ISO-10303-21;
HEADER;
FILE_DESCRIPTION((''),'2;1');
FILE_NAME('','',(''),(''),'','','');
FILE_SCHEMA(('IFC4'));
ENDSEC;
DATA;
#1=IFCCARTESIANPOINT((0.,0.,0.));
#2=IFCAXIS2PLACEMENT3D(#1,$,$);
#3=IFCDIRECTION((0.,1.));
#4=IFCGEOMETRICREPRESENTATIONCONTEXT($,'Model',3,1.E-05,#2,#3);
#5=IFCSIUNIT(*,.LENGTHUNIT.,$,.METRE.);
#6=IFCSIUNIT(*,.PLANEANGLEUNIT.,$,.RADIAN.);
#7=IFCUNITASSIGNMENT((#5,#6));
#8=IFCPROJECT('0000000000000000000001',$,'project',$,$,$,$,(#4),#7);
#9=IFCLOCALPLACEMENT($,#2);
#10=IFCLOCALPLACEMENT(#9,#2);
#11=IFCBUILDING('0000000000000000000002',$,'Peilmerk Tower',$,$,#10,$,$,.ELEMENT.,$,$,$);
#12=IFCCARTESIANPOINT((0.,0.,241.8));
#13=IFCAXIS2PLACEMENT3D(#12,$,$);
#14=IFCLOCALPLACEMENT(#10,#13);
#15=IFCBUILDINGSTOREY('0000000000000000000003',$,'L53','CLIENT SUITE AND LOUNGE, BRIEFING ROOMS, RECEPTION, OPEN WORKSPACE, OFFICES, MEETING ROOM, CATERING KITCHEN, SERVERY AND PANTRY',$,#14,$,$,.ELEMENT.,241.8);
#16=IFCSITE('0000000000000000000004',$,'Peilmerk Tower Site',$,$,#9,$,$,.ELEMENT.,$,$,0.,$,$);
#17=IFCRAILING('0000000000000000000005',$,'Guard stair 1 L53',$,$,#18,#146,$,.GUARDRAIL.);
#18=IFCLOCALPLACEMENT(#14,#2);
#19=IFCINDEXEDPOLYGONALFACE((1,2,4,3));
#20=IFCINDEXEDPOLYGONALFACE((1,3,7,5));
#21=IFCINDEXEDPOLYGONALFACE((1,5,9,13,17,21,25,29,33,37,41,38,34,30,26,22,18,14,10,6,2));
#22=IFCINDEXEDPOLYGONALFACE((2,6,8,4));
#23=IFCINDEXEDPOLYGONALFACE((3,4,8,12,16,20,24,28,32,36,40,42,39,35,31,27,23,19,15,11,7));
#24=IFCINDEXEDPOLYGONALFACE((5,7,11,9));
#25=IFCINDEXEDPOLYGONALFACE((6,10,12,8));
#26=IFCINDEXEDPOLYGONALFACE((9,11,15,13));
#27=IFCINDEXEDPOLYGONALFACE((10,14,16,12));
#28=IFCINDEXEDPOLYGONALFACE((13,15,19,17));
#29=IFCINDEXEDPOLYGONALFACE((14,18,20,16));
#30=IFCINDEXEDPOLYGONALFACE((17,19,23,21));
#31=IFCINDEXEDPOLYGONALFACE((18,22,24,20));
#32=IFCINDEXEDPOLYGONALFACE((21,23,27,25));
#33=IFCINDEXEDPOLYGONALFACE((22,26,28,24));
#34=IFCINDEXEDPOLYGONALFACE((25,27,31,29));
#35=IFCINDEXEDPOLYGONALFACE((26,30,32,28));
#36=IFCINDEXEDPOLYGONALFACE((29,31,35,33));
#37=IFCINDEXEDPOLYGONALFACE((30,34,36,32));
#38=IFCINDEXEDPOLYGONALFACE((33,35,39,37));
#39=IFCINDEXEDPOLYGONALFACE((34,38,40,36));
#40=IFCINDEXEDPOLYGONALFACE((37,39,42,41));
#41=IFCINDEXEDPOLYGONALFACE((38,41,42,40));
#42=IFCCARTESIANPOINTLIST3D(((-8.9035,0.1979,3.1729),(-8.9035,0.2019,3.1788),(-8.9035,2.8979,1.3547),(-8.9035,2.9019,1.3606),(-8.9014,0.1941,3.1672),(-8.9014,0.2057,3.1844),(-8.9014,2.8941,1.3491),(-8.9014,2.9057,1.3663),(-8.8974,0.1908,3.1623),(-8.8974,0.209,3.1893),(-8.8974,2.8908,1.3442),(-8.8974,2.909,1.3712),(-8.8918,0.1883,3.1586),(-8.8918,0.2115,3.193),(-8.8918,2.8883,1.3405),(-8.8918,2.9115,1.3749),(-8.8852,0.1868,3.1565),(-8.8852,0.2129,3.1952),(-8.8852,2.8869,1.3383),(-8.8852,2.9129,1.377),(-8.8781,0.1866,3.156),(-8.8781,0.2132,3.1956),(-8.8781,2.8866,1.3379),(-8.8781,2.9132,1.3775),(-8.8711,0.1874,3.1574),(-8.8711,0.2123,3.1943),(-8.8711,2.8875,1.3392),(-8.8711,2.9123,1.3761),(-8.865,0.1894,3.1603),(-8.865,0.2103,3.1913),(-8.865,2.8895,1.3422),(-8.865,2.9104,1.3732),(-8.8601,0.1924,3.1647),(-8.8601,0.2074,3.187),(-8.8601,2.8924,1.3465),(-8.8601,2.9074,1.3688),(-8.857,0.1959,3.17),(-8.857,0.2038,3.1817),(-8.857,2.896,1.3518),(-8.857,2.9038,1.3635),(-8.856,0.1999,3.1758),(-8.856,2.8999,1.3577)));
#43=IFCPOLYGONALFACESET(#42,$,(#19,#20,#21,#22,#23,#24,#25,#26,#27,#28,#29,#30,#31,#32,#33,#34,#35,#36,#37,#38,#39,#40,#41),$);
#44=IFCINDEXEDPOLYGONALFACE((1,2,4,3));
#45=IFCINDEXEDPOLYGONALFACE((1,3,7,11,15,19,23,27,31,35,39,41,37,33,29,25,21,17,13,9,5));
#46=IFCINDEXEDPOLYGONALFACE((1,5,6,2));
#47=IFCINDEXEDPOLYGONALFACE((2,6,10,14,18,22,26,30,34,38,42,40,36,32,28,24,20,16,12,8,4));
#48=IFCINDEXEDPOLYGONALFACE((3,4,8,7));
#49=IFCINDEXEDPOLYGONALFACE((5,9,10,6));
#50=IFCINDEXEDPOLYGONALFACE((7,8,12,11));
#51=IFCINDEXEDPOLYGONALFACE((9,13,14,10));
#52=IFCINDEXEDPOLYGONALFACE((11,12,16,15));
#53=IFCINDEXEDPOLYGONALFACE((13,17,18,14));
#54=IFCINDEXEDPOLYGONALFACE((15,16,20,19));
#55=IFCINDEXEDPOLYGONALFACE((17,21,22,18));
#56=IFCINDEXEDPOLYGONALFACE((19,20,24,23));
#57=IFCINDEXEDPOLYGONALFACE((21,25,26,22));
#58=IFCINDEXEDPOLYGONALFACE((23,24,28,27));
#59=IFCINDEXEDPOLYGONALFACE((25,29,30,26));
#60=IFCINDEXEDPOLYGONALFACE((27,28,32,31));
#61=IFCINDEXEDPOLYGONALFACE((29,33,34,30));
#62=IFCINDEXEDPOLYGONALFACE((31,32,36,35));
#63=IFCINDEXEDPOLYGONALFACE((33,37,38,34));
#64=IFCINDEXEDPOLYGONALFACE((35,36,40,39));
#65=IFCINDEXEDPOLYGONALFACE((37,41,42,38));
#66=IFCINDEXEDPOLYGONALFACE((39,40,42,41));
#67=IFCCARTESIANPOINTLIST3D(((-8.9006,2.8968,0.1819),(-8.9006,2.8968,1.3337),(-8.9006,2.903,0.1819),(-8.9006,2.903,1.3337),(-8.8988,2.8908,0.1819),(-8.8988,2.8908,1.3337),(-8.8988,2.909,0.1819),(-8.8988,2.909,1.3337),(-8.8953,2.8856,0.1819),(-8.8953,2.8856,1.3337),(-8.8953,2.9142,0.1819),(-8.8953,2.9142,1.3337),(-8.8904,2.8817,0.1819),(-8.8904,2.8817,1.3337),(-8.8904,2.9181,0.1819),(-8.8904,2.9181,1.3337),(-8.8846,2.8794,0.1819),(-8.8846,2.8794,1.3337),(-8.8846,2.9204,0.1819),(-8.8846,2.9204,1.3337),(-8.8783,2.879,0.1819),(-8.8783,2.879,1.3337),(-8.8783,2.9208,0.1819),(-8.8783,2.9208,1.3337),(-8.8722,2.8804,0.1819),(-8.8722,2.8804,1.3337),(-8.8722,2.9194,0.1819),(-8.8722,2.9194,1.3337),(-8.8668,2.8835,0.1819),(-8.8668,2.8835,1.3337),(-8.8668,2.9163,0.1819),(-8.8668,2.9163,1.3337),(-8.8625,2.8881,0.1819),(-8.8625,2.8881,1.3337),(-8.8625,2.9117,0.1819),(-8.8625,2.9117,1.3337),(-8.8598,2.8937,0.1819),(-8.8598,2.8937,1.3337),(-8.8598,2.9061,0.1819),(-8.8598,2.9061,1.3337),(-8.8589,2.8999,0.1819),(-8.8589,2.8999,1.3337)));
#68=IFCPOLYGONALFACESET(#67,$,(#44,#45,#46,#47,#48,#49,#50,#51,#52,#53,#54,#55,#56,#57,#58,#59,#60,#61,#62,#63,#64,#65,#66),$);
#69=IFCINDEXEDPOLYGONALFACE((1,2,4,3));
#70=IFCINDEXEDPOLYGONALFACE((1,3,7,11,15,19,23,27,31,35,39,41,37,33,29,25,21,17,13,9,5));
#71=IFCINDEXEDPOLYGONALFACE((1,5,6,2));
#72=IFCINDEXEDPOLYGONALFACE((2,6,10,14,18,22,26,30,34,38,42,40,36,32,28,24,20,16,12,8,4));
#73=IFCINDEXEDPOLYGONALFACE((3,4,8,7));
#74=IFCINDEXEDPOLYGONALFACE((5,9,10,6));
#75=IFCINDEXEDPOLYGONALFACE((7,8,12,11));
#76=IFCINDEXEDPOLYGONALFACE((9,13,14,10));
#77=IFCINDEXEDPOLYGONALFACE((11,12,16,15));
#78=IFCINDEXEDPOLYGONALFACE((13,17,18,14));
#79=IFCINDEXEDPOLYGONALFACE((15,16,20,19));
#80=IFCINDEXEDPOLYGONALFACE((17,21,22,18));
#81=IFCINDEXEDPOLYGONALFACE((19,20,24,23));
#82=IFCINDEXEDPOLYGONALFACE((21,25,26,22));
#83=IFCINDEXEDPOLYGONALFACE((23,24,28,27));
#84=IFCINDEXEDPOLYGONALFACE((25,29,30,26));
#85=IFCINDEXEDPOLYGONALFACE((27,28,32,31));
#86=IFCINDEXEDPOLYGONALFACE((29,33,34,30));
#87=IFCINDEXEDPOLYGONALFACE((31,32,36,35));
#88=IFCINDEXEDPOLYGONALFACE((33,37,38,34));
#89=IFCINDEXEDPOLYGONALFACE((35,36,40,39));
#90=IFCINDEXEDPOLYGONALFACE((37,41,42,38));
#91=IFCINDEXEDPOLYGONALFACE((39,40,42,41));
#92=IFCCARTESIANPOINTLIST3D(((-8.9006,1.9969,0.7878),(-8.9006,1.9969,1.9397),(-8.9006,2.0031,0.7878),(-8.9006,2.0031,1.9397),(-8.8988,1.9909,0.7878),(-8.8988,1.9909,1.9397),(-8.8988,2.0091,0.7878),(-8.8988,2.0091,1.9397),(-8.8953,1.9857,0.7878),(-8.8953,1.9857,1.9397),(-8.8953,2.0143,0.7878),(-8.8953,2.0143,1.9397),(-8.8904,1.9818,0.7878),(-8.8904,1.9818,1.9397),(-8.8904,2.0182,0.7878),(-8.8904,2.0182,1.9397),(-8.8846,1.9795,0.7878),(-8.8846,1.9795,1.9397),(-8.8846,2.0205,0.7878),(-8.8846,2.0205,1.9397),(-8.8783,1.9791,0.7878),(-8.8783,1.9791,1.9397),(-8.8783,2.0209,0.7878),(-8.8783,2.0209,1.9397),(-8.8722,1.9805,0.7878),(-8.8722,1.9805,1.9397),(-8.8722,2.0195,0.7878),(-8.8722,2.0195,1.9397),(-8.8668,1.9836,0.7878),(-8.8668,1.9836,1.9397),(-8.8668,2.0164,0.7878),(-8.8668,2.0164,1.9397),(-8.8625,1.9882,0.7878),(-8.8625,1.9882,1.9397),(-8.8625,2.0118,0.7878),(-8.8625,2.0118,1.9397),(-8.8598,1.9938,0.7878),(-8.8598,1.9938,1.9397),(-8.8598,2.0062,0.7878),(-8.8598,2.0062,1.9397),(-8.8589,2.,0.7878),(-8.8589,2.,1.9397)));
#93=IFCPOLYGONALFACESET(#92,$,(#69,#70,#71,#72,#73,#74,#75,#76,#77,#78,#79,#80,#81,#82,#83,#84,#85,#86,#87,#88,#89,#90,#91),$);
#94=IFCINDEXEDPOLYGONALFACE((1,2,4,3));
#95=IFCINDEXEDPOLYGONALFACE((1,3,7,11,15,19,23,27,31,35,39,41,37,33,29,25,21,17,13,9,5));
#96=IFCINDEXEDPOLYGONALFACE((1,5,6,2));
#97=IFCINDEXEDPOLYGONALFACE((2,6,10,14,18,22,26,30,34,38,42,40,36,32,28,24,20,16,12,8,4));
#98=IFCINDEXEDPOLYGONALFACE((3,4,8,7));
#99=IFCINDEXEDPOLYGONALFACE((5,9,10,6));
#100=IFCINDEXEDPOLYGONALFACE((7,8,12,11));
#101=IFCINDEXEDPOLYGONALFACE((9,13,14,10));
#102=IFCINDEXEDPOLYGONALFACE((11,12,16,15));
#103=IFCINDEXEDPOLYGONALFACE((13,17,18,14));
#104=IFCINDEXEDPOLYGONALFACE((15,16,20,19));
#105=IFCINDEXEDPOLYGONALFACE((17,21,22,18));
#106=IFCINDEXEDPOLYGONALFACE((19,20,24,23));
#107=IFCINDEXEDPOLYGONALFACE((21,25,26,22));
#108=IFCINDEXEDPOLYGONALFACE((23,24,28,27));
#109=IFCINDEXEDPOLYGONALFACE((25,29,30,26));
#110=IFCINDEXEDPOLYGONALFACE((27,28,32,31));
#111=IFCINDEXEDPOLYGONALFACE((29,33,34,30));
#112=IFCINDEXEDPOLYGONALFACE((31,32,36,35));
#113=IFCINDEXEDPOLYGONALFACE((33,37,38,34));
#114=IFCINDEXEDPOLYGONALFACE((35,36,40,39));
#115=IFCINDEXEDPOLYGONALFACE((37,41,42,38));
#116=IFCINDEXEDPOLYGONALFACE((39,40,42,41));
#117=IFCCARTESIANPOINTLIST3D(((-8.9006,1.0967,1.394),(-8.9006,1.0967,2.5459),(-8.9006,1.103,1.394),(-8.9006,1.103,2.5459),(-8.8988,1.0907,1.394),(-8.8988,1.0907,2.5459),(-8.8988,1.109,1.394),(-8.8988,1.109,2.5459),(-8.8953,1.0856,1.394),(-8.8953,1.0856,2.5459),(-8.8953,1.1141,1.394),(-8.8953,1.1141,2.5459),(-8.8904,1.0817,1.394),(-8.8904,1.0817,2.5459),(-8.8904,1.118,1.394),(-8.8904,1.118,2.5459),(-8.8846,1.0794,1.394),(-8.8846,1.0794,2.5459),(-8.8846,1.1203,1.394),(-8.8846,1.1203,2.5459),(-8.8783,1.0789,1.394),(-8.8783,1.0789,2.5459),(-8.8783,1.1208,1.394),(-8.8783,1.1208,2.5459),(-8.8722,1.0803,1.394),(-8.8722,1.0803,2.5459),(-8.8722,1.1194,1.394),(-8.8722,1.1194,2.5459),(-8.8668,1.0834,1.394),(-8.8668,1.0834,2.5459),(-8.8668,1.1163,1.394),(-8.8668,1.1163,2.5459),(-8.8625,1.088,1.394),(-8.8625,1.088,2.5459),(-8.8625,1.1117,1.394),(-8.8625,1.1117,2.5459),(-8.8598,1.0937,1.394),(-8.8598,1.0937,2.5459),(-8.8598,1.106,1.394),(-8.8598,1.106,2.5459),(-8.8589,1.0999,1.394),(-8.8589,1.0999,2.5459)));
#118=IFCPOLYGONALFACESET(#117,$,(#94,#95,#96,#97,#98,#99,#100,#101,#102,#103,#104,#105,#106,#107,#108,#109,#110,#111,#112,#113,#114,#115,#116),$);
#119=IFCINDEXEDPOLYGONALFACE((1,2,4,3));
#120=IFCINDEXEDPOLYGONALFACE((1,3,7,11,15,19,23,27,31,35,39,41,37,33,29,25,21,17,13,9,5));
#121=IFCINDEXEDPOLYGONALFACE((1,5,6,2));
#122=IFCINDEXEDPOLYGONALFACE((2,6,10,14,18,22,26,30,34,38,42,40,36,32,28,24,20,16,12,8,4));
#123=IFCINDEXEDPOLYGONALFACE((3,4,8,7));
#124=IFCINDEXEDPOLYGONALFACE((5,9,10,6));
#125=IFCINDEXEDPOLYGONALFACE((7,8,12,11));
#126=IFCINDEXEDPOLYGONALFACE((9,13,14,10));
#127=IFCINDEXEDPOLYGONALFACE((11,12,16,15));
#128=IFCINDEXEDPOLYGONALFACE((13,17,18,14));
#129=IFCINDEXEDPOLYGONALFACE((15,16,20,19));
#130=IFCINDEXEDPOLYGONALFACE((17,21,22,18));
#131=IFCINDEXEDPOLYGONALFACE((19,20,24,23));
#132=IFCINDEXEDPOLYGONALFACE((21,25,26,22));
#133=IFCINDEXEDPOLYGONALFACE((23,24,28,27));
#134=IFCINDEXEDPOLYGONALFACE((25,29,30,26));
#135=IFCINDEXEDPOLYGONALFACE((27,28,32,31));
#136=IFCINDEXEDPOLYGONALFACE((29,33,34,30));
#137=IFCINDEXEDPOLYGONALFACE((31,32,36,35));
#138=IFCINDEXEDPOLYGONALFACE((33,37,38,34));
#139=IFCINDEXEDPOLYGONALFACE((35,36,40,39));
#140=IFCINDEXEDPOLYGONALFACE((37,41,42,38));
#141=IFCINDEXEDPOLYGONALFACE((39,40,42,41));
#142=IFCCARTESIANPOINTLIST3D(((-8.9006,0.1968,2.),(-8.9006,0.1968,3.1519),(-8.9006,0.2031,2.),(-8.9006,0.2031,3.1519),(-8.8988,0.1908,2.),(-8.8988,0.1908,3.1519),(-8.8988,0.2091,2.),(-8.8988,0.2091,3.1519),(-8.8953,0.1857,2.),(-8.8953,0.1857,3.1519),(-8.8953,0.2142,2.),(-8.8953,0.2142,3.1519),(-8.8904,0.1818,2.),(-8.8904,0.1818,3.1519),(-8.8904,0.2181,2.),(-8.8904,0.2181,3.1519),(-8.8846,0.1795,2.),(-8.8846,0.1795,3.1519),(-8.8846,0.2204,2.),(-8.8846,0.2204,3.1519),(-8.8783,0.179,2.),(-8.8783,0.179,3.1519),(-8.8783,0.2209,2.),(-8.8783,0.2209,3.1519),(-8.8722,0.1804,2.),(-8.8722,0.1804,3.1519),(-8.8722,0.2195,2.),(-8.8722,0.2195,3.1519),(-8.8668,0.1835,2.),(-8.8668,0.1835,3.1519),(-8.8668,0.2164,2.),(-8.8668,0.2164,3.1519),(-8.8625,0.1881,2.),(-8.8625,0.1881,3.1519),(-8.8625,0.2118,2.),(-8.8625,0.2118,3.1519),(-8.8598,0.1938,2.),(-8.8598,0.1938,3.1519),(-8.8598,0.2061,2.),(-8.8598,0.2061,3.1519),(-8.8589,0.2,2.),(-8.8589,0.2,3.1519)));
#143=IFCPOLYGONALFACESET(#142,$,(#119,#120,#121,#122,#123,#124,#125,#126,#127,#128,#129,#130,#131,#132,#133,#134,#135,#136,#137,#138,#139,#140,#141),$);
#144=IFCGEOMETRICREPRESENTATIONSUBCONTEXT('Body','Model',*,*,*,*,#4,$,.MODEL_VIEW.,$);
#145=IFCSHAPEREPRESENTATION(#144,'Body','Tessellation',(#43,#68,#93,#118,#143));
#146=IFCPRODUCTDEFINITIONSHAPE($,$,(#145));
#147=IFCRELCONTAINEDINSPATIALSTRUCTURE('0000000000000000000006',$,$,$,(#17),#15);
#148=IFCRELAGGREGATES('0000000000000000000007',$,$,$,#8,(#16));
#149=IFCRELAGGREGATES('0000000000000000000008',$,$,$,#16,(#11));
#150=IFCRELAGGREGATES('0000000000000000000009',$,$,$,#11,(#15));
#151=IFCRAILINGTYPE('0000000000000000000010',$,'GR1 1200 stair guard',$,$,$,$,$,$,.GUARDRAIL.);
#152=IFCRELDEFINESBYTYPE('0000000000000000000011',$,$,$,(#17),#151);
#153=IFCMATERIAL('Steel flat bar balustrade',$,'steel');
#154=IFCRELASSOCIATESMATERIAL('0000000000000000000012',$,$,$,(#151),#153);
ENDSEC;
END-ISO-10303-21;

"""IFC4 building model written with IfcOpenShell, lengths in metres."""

from ifc_helpers import new_model, si_unit, direction, frame, origin, origin_2d, place, context, subcontext, project, spatial, circle, extrude, material, type_object, element, save


model = new_model("IFC4")

# Units and contexts
model_context = context("Model", 3, precision=1e-05, world=origin(), true_north=direction((0.0, 1.0)))
body_context = subcontext(model_context, "Body", "Model", "MODEL_VIEW")
ifc_project = project(units=[si_unit("LENGTHUNIT", "METRE"), si_unit("PLANEANGLEUNIT", "RADIAN")], contexts=[model_context])

# Site, building, storey
site_placement = place(None, origin())
site = spatial("IfcSite", under=ifc_project, at=site_placement, Name="Peilmerk Tower Site", CompositionType="ELEMENT", RefElevation=0.0)
building_placement = place(site_placement, origin())
building = spatial("IfcBuilding", under=site, at=building_placement, Name="Peilmerk Tower", CompositionType="ELEMENT")
storey_placement = place(building_placement, frame((0.0, 0.0, 241.8)))
storey = spatial("IfcBuildingStorey", under=building, at=storey_placement, Name="L53", Description="CLIENT SUITE AND LOUNGE, BRIEFING ROOMS, RECEPTION, OPEN WORKSPACE, OFFICES, MEETING ROOM, CATERING KITCHEN, SERVERY AND PANTRY", CompositionType="ELEMENT", Elevation=241.8)

# Railing
ifc_material_1 = material(Name="Steel flat bar balustrade", Category="steel")
railing_type_1 = type_object("IfcRailingType", Name="GR1 1200 stair guard", PredefinedType="GUARDRAIL", material=ifc_material_1)
railing_1_placement = place(storey_placement, frame((-8.8799, 2.8999, 0.1819)))
element("IfcRailing", 1, at=railing_1_placement, inside=storey, type_object=railing_type_1, Name="Guard stair 1 L53", PredefinedType="GUARDRAIL", context=body_context, shape_type="SweptSolid", body=[
    extrude(circle(Radius=0.0239, at=origin_2d()), frame((0.0, 0.0, 1.1758), z_axis=(0.0, -0.829468, 0.558554), x_axis=(1.0, 0.0, 0.0)), (0.0, 0.0, 1.0), 3.2551),
    extrude(circle(Radius=0.021, at=origin_2d()), origin(), (0.0, 0.0, 1.0), 1.1519),
    extrude(circle(Radius=0.021, at=origin_2d()), frame((0.0, -0.8999, 0.606)), (0.0, 0.0, 1.0), 1.1519),
    extrude(circle(Radius=0.021, at=origin_2d()), frame((0.0, -1.8, 1.2122)), (0.0, 0.0, 1.0), 1.1519),
    extrude(circle(Radius=0.021, at=origin_2d()), frame((0.0, -2.7, 1.8181)), (0.0, 0.0, 1.0), 1.1519),
])

save(model, "model.ifc")
